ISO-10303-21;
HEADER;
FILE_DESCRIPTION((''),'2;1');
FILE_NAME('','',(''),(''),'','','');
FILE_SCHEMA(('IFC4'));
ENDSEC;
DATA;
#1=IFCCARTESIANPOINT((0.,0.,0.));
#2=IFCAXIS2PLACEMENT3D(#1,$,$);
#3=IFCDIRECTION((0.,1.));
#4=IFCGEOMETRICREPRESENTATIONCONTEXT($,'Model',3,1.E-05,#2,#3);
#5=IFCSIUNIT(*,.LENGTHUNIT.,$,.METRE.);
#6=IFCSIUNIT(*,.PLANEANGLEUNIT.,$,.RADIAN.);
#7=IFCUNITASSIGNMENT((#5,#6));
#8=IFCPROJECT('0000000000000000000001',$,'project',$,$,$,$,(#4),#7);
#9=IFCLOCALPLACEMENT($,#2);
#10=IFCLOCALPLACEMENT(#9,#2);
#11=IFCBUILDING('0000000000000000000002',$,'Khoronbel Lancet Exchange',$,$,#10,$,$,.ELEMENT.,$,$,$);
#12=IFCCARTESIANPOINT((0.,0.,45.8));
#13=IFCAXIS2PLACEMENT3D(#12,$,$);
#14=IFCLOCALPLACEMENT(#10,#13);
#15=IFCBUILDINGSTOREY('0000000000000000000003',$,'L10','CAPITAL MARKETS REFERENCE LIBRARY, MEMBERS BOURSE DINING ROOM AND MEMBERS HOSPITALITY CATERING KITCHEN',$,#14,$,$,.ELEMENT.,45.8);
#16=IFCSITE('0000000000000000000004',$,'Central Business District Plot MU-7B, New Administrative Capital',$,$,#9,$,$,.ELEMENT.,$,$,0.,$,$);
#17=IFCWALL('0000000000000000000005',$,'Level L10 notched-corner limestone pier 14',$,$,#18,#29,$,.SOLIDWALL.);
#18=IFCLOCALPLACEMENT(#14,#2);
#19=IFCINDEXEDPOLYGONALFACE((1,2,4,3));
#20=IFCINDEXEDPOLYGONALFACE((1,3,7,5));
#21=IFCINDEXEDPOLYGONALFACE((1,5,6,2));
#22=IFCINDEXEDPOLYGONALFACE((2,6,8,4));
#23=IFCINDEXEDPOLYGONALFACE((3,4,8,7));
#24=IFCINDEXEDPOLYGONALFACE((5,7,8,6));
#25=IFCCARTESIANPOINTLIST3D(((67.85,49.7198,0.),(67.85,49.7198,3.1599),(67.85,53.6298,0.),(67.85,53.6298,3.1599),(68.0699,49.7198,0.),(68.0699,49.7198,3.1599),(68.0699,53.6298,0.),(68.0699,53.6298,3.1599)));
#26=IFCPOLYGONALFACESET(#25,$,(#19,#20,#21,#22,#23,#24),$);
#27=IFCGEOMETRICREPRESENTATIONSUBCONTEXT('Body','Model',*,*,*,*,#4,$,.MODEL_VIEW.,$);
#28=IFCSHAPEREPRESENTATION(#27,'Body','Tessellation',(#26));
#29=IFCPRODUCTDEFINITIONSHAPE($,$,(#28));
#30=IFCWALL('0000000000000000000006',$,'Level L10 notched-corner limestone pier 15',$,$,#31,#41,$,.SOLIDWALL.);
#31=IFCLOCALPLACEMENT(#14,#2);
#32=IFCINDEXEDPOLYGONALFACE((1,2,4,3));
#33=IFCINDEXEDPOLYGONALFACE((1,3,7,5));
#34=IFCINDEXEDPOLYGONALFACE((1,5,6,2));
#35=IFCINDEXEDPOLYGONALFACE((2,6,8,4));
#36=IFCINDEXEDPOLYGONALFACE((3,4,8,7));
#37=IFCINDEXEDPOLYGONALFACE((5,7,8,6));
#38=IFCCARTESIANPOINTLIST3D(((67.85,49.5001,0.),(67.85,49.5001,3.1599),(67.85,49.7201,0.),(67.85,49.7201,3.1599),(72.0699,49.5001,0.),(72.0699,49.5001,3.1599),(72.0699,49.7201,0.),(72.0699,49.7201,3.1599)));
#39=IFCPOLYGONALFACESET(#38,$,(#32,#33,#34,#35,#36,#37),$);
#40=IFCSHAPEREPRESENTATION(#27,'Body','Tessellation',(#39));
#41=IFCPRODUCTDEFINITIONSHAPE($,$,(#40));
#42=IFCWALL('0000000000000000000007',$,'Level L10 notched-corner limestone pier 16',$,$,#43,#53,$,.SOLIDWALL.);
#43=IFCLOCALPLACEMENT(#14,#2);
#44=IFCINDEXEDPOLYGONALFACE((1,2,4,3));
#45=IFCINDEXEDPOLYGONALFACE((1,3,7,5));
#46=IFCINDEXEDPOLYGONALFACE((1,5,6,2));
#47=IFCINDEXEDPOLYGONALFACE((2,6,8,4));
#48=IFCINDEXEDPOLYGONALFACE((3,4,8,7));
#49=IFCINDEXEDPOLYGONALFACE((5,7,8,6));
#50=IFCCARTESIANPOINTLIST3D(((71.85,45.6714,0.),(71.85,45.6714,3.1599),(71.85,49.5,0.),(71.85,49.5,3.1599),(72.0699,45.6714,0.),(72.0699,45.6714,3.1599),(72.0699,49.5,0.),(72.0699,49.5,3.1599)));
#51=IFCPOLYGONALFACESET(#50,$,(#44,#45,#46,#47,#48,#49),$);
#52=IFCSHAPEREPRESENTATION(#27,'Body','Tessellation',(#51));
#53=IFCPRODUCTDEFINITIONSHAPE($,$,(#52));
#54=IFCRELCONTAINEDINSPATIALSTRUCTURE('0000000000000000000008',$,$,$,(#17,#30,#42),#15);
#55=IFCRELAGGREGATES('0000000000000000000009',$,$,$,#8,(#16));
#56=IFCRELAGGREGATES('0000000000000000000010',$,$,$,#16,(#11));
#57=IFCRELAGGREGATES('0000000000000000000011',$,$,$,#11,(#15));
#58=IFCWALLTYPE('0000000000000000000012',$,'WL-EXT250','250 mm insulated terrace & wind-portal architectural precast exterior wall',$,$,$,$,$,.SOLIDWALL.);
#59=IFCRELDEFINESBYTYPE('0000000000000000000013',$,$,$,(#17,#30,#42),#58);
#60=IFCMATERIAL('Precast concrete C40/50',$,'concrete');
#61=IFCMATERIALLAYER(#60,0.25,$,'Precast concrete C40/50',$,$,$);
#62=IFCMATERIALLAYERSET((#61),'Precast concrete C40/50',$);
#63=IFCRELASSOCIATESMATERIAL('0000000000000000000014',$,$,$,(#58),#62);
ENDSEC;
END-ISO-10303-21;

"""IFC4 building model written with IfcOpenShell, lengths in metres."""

from ifc_helpers import new_model, si_unit, direction, frame, frame_2d, origin, place, context, subcontext, project, spatial, rectangle, extrude, material, layer, layer_set, type_object, element, save


model = new_model("IFC4")

# Units and contexts
model_context = context("Model", 3, precision=1e-05, world=origin(), true_north=direction((0.0, 1.0)))
body_context = subcontext(model_context, "Body", "Model", "MODEL_VIEW")
ifc_project = project(units=[si_unit("LENGTHUNIT", "METRE"), si_unit("PLANEANGLEUNIT", "RADIAN")], contexts=[model_context])

# Site, building, storey
site_placement = place(None, origin())
site = spatial("IfcSite", under=ifc_project, at=site_placement, Name="Central Business District Plot MU-7B, New Administrative Capital", CompositionType="ELEMENT", RefElevation=0.0)
building_placement = place(site_placement, origin())
building = spatial("IfcBuilding", under=site, at=building_placement, Name="Khoronbel Lancet Exchange", CompositionType="ELEMENT")
storey_placement = place(building_placement, frame((0.0, 0.0, 45.8)))
storey = spatial("IfcBuildingStorey", under=building, at=storey_placement, Name="L10", Description="CAPITAL MARKETS REFERENCE LIBRARY, MEMBERS BOURSE DINING ROOM AND MEMBERS HOSPITALITY CATERING KITCHEN", CompositionType="ELEMENT", Elevation=45.8)

# Walls
ifc_material_1 = material(Name="Precast concrete C40/50", Category="concrete")
ifc_layer_1 = layer(ifc_material_1, 0.25, Name="Precast concrete C40/50")
ifc_layer_set_1 = layer_set([ifc_layer_1], Name="Precast concrete C40/50")
wall_type = type_object("IfcWallType", Name="WL-EXT250", Description="250 mm insulated terrace & wind-portal architectural precast exterior wall", PredefinedType="SOLIDWALL", material=ifc_layer_set_1)
wall_1_placement = place(storey_placement, frame((67.96, 53.6299, 0.0), z_axis=(0.0, 0.0, 1.0), x_axis=(0.0, -1.0, 0.0)))
element("IfcWall", 1, at=wall_1_placement, inside=storey, type_object=wall_type, Name="Level L10 notched-corner limestone pier 14", PredefinedType="SOLIDWALL", context=body_context, shape_type="SweptSolid", body=[
    extrude(rectangle(XDim=3.9099, YDim=0.22, at=frame_2d((1.9551, 0.0))), origin(), (0.0, 0.0, 1.0), 3.1599),
])
wall_2_placement = place(storey_placement, frame((67.8501, 49.6101, 0.0), z_axis=(0.0, 0.0, 1.0), x_axis=(1.0, 0.0, 0.0)))
element("IfcWall", 2, at=wall_2_placement, inside=storey, type_object=wall_type, Name="Level L10 notched-corner limestone pier 15", PredefinedType="SOLIDWALL", context=body_context, shape_type="SweptSolid", body=[
    extrude(rectangle(XDim=4.22, YDim=0.22, at=frame_2d((2.1099, 0.0))), origin(), (0.0, 0.0, 1.0), 3.1599),
])
wall_3_placement = place(storey_placement, frame((71.96, 49.5, 0.0), z_axis=(0.0, 0.0, 1.0), x_axis=(0.0, -1.0, 0.0)))
element("IfcWall", 3, at=wall_3_placement, inside=storey, type_object=wall_type, Name="Level L10 notched-corner limestone pier 16", PredefinedType="SOLIDWALL", context=body_context, shape_type="SweptSolid", body=[
    extrude(rectangle(XDim=3.8286, YDim=0.22, at=frame_2d((1.9143, 0.0))), origin(), (0.0, 0.0, 1.0), 3.1599),
])

save(model, "model.ifc")
